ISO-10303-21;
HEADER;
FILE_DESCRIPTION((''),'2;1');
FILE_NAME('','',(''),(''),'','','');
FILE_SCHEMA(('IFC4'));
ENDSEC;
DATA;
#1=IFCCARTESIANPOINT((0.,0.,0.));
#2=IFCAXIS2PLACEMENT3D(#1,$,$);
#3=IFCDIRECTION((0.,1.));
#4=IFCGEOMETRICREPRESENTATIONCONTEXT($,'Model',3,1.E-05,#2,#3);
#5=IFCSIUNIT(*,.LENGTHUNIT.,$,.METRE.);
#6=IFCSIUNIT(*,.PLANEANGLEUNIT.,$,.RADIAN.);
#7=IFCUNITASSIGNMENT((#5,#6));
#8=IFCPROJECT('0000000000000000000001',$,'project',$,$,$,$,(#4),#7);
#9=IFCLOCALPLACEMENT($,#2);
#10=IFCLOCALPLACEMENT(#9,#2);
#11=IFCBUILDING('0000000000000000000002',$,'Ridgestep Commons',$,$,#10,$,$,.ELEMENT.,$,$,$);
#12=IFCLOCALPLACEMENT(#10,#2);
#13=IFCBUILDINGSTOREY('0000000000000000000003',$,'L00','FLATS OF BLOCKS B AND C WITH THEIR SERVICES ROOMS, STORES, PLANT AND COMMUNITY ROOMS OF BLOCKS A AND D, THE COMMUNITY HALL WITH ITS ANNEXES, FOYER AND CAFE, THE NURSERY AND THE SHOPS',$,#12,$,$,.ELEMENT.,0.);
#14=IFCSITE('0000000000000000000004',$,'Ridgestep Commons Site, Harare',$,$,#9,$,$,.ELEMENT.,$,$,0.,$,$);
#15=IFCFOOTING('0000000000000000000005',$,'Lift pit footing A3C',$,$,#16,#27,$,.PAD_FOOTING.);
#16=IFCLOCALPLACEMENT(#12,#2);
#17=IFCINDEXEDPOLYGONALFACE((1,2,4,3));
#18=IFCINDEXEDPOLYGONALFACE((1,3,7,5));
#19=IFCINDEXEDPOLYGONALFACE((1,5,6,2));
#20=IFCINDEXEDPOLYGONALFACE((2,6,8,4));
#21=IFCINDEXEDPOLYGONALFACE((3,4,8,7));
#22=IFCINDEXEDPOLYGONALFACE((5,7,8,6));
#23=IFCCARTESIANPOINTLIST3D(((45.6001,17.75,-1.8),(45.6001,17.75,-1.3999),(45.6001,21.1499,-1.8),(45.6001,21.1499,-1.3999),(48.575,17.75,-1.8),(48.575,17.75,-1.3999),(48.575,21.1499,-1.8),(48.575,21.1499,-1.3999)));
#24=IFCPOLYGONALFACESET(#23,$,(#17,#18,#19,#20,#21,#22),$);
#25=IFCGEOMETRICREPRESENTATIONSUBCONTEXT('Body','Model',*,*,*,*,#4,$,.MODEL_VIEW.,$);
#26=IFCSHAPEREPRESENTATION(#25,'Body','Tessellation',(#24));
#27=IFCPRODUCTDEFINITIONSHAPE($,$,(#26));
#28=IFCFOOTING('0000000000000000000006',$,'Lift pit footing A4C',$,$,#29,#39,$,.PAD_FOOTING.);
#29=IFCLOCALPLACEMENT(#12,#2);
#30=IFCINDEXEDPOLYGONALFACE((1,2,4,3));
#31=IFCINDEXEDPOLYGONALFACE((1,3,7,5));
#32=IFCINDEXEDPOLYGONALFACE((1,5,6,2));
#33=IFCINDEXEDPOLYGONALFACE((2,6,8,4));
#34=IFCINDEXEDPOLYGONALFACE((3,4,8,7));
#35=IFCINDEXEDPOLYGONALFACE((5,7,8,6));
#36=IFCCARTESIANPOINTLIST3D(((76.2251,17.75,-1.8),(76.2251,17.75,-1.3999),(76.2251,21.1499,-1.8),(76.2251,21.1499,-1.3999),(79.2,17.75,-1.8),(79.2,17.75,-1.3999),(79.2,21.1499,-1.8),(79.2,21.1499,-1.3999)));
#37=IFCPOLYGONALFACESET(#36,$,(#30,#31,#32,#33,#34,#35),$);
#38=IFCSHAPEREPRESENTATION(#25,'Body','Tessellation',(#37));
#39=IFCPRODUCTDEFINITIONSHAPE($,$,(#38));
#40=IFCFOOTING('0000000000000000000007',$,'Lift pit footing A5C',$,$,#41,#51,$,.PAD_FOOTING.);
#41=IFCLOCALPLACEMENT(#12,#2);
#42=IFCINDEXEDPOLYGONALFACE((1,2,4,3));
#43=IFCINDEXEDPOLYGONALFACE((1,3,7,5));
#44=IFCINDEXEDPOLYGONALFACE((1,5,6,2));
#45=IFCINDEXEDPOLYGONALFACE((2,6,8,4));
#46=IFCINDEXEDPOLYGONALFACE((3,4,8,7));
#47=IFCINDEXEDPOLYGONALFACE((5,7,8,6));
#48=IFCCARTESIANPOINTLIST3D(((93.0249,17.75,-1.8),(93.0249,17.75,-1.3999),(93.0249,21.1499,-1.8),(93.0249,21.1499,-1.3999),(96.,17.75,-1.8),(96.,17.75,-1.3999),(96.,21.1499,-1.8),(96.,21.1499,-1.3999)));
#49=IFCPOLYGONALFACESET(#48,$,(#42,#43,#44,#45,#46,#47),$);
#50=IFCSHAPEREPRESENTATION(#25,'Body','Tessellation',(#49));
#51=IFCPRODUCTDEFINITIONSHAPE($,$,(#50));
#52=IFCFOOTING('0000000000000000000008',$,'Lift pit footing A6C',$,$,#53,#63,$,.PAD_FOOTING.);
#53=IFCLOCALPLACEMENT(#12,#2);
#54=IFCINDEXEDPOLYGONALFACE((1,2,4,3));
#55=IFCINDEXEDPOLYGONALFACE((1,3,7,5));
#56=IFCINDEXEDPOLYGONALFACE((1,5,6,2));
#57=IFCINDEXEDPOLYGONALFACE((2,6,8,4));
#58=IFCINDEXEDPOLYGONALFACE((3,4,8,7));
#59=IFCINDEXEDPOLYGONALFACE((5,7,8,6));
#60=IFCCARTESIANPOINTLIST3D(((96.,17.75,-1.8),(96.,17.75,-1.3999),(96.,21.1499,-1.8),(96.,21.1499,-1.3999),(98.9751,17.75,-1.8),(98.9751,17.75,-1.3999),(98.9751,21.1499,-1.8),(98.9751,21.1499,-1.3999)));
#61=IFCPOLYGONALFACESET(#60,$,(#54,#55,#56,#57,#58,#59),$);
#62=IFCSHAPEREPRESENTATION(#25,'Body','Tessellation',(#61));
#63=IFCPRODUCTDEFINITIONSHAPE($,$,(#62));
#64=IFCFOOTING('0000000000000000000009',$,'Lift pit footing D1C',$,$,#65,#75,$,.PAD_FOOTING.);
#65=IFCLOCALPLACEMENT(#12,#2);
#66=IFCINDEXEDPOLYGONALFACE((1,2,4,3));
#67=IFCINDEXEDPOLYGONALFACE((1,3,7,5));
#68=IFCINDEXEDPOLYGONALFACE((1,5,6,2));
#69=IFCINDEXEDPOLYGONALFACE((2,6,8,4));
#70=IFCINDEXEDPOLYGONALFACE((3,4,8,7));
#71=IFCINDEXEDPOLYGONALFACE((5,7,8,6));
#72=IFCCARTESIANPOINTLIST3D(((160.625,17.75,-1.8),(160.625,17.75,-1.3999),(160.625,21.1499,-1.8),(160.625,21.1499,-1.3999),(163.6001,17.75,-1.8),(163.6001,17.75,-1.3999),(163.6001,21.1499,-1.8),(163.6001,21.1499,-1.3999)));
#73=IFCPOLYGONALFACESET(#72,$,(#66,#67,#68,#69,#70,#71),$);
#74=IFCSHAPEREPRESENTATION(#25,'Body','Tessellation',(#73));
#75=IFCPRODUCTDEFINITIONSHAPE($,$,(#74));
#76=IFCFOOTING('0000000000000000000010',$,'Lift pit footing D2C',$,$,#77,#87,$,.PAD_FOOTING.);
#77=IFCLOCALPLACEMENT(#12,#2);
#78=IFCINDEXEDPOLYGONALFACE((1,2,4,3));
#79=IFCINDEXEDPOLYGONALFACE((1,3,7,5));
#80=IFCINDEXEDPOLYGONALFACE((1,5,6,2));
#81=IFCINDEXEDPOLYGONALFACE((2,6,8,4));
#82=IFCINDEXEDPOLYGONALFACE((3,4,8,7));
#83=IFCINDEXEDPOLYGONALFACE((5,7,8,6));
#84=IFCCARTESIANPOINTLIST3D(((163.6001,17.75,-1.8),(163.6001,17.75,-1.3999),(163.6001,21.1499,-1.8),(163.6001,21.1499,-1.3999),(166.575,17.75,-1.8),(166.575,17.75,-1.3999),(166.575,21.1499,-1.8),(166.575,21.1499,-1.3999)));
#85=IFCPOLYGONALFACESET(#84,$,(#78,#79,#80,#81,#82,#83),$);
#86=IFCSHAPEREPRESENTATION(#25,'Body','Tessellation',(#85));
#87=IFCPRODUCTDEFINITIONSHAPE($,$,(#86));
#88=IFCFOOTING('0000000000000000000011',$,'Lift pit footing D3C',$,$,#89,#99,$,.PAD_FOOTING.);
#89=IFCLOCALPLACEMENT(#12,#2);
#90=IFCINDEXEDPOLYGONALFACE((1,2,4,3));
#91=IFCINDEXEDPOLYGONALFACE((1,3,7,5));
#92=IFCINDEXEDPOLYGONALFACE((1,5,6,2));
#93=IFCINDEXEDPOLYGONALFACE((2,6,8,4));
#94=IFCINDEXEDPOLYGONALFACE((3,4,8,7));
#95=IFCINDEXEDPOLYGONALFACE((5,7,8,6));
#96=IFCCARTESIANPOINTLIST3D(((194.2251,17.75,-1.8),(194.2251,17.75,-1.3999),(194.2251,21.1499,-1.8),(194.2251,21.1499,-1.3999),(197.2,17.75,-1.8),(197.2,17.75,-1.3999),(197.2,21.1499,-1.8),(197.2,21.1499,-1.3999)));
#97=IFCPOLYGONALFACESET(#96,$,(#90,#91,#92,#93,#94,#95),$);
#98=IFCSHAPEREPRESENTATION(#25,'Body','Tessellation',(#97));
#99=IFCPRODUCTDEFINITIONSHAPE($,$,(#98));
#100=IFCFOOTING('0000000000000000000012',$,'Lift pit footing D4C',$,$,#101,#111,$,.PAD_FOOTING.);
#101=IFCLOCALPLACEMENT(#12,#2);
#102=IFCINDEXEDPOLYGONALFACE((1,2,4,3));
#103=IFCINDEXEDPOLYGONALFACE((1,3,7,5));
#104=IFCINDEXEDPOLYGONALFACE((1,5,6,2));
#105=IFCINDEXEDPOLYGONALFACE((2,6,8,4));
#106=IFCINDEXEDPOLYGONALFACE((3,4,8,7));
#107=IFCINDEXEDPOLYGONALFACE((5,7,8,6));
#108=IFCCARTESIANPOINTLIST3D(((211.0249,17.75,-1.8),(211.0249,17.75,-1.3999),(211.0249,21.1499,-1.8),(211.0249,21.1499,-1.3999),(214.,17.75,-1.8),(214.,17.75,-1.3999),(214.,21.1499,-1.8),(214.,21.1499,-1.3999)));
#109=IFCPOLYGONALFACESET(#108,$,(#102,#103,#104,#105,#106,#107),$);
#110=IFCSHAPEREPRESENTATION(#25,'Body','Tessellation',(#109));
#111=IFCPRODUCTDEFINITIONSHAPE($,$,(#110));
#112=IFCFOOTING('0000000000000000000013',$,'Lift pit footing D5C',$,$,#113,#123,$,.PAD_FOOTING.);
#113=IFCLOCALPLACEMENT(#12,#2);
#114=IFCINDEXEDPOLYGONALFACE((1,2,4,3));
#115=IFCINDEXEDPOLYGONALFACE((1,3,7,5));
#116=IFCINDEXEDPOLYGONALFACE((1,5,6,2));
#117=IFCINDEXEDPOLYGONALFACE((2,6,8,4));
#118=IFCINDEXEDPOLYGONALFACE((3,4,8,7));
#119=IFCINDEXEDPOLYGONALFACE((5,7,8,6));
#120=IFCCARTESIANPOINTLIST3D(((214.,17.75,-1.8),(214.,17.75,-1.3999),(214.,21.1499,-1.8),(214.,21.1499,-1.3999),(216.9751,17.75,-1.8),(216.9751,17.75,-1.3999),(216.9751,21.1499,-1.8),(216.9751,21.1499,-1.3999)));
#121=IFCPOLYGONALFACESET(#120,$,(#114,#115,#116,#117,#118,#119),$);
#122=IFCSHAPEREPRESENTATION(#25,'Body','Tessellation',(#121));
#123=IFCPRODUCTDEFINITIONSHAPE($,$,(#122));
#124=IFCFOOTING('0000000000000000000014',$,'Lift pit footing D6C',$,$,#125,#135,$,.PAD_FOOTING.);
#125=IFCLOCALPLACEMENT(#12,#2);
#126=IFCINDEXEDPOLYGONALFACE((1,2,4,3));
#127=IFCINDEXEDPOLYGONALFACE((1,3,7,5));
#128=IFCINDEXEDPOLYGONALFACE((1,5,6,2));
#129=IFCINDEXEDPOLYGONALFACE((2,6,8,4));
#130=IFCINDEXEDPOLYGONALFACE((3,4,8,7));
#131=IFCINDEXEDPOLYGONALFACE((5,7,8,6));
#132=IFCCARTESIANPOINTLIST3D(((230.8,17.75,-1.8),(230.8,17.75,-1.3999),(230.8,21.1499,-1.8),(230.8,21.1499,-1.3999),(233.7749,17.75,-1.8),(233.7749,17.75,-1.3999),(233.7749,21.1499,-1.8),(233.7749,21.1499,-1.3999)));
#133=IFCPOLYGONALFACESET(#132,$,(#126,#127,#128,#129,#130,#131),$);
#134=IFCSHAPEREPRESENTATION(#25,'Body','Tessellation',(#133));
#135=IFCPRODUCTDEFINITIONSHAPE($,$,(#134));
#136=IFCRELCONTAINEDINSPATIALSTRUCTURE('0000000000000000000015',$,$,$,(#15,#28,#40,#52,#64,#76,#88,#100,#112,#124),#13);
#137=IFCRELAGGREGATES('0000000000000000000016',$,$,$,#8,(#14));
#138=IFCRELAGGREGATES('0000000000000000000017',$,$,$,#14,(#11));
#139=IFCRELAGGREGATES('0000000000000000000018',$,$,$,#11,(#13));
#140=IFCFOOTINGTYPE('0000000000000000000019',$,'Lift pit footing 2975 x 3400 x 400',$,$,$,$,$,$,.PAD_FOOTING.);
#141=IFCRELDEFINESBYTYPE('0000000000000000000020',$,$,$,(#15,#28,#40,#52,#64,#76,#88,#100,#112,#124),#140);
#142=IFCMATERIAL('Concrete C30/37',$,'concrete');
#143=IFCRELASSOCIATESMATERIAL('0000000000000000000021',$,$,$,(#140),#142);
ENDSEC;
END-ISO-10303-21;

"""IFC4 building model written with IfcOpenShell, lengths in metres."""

from ifc_helpers import new_model, si_unit, direction, frame, origin, place, context, subcontext, project, spatial, polyline, outline, extrude, material, type_object, element, save


model = new_model("IFC4")

# Units and contexts
model_context = context("Model", 3, precision=1e-05, world=origin(), true_north=direction((0.0, 1.0)))
body_context = subcontext(model_context, "Body", "Model", "MODEL_VIEW")
ifc_project = project(units=[si_unit("LENGTHUNIT", "METRE"), si_unit("PLANEANGLEUNIT", "RADIAN")], contexts=[model_context])

# Site, building, storey
site_placement = place(None, origin())
site = spatial("IfcSite", under=ifc_project, at=site_placement, Name="Ridgestep Commons Site, Harare", CompositionType="ELEMENT", RefElevation=0.0)
building_placement = place(site_placement, origin())
building = spatial("IfcBuilding", under=site, at=building_placement, Name="Ridgestep Commons", CompositionType="ELEMENT")
storey_placement = place(building_placement, origin())
storey = spatial("IfcBuildingStorey", under=building, at=storey_placement, Name="L00", Description="FLATS OF BLOCKS B AND C WITH THEIR SERVICES ROOMS, STORES, PLANT AND COMMUNITY ROOMS OF BLOCKS A AND D, THE COMMUNITY HALL WITH ITS ANNEXES, FOYER AND CAFE, THE NURSERY AND THE SHOPS", CompositionType="ELEMENT", Elevation=0.0)

# Footings
ifc_material_1 = material(Name="Concrete C30/37", Category="concrete")
footing_type_1 = type_object("IfcFootingType", Name="Lift pit footing 2975 x 3400 x 400", PredefinedType="PAD_FOOTING", material=ifc_material_1)
footing_1_placement = place(storey_placement, frame((0.0, 0.0, -1.8)))
element("IfcFooting", 1, at=footing_1_placement, inside=storey, type_object=footing_type_1, Name="Lift pit footing A3C", PredefinedType="PAD_FOOTING", context=body_context, shape_type="SweptSolid", body=[
    extrude(outline(polyline([(48.575, 17.75), (48.575, 21.1499), (45.6001, 21.1499), (45.6001, 17.75), (48.575, 17.75)])), origin(), (0.0, 0.0, 1.0), 0.4001),
])
footing_2_placement = place(storey_placement, frame((0.0, 0.0, -1.8)))
element("IfcFooting", 2, at=footing_2_placement, inside=storey, type_object=footing_type_1, Name="Lift pit footing A4C", PredefinedType="PAD_FOOTING", context=body_context, shape_type="SweptSolid", body=[
    extrude(outline(polyline([(79.2, 17.75), (79.2, 21.1499), (76.2251, 21.1499), (76.2251, 17.75), (79.2, 17.75)])), origin(), (0.0, 0.0, 1.0), 0.4001),
])
footing_3_placement = place(storey_placement, frame((0.0, 0.0, -1.8)))
element("IfcFooting", 3, at=footing_3_placement, inside=storey, type_object=footing_type_1, Name="Lift pit footing A5C", PredefinedType="PAD_FOOTING", context=body_context, shape_type="SweptSolid", body=[
    extrude(outline(polyline([(96.0, 17.75), (96.0, 21.1499), (93.0249, 21.1499), (93.0249, 17.75), (96.0, 17.75)])), origin(), (0.0, 0.0, 1.0), 0.4001),
])
footing_4_placement = place(storey_placement, frame((0.0, 0.0, -1.8)))
element("IfcFooting", 4, at=footing_4_placement, inside=storey, type_object=footing_type_1, Name="Lift pit footing A6C", PredefinedType="PAD_FOOTING", context=body_context, shape_type="SweptSolid", body=[
    extrude(outline(polyline([(98.9751, 17.75), (98.9751, 21.1499), (96.0, 21.1499), (96.0, 17.75), (98.9751, 17.75)])), origin(), (0.0, 0.0, 1.0), 0.4001),
])
footing_5_placement = place(storey_placement, frame((0.0, 0.0, -1.8)))
element("IfcFooting", 5, at=footing_5_placement, inside=storey, type_object=footing_type_1, Name="Lift pit footing D1C", PredefinedType="PAD_FOOTING", context=body_context, shape_type="SweptSolid", body=[
    extrude(outline(polyline([(163.6001, 17.75), (163.6001, 21.1499), (160.625, 21.1499), (160.625, 17.75), (163.6001, 17.75)])), origin(), (0.0, 0.0, 1.0), 0.4001),
])
footing_6_placement = place(storey_placement, frame((0.0, 0.0, -1.8)))
element("IfcFooting", 6, at=footing_6_placement, inside=storey, type_object=footing_type_1, Name="Lift pit footing D2C", PredefinedType="PAD_FOOTING", context=body_context, shape_type="SweptSolid", body=[
    extrude(outline(polyline([(166.575, 17.75), (166.575, 21.1499), (163.6001, 21.1499), (163.6001, 17.75), (166.575, 17.75)])), origin(), (0.0, 0.0, 1.0), 0.4001),
])
footing_7_placement = place(storey_placement, frame((0.0, 0.0, -1.8)))
element("IfcFooting", 7, at=footing_7_placement, inside=storey, type_object=footing_type_1, Name="Lift pit footing D3C", PredefinedType="PAD_FOOTING", context=body_context, shape_type="SweptSolid", body=[
    extrude(outline(polyline([(197.2, 17.75), (197.2, 21.1499), (194.2251, 21.1499), (194.2251, 17.75), (197.2, 17.75)])), origin(), (0.0, 0.0, 1.0), 0.4001),
])
footing_8_placement = place(storey_placement, frame((0.0, 0.0, -1.8)))
element("IfcFooting", 8, at=footing_8_placement, inside=storey, type_object=footing_type_1, Name="Lift pit footing D4C", PredefinedType="PAD_FOOTING", context=body_context, shape_type="SweptSolid", body=[
    extrude(outline(polyline([(214.0, 17.75), (214.0, 21.1499), (211.0249, 21.1499), (211.0249, 17.75), (214.0, 17.75)])), origin(), (0.0, 0.0, 1.0), 0.4001),
])
footing_9_placement = place(storey_placement, frame((0.0, 0.0, -1.8)))
element("IfcFooting", 9, at=footing_9_placement, inside=storey, type_object=footing_type_1, Name="Lift pit footing D5C", PredefinedType="PAD_FOOTING", context=body_context, shape_type="SweptSolid", body=[
    extrude(outline(polyline([(216.9751, 17.75), (216.9751, 21.1499), (214.0, 21.1499), (214.0, 17.75), (216.9751, 17.75)])), origin(), (0.0, 0.0, 1.0), 0.4001),
])
footing_10_placement = place(storey_placement, frame((0.0, 0.0, -1.8)))
element("IfcFooting", 10, at=footing_10_placement, inside=storey, type_object=footing_type_1, Name="Lift pit footing D6C", PredefinedType="PAD_FOOTING", context=body_context, shape_type="SweptSolid", body=[
    extrude(outline(polyline([(233.7749, 17.75), (233.7749, 21.1499), (230.8, 21.1499), (230.8, 17.75), (233.7749, 17.75)])), origin(), (0.0, 0.0, 1.0), 0.4001),
])

save(model, "model.ifc")
